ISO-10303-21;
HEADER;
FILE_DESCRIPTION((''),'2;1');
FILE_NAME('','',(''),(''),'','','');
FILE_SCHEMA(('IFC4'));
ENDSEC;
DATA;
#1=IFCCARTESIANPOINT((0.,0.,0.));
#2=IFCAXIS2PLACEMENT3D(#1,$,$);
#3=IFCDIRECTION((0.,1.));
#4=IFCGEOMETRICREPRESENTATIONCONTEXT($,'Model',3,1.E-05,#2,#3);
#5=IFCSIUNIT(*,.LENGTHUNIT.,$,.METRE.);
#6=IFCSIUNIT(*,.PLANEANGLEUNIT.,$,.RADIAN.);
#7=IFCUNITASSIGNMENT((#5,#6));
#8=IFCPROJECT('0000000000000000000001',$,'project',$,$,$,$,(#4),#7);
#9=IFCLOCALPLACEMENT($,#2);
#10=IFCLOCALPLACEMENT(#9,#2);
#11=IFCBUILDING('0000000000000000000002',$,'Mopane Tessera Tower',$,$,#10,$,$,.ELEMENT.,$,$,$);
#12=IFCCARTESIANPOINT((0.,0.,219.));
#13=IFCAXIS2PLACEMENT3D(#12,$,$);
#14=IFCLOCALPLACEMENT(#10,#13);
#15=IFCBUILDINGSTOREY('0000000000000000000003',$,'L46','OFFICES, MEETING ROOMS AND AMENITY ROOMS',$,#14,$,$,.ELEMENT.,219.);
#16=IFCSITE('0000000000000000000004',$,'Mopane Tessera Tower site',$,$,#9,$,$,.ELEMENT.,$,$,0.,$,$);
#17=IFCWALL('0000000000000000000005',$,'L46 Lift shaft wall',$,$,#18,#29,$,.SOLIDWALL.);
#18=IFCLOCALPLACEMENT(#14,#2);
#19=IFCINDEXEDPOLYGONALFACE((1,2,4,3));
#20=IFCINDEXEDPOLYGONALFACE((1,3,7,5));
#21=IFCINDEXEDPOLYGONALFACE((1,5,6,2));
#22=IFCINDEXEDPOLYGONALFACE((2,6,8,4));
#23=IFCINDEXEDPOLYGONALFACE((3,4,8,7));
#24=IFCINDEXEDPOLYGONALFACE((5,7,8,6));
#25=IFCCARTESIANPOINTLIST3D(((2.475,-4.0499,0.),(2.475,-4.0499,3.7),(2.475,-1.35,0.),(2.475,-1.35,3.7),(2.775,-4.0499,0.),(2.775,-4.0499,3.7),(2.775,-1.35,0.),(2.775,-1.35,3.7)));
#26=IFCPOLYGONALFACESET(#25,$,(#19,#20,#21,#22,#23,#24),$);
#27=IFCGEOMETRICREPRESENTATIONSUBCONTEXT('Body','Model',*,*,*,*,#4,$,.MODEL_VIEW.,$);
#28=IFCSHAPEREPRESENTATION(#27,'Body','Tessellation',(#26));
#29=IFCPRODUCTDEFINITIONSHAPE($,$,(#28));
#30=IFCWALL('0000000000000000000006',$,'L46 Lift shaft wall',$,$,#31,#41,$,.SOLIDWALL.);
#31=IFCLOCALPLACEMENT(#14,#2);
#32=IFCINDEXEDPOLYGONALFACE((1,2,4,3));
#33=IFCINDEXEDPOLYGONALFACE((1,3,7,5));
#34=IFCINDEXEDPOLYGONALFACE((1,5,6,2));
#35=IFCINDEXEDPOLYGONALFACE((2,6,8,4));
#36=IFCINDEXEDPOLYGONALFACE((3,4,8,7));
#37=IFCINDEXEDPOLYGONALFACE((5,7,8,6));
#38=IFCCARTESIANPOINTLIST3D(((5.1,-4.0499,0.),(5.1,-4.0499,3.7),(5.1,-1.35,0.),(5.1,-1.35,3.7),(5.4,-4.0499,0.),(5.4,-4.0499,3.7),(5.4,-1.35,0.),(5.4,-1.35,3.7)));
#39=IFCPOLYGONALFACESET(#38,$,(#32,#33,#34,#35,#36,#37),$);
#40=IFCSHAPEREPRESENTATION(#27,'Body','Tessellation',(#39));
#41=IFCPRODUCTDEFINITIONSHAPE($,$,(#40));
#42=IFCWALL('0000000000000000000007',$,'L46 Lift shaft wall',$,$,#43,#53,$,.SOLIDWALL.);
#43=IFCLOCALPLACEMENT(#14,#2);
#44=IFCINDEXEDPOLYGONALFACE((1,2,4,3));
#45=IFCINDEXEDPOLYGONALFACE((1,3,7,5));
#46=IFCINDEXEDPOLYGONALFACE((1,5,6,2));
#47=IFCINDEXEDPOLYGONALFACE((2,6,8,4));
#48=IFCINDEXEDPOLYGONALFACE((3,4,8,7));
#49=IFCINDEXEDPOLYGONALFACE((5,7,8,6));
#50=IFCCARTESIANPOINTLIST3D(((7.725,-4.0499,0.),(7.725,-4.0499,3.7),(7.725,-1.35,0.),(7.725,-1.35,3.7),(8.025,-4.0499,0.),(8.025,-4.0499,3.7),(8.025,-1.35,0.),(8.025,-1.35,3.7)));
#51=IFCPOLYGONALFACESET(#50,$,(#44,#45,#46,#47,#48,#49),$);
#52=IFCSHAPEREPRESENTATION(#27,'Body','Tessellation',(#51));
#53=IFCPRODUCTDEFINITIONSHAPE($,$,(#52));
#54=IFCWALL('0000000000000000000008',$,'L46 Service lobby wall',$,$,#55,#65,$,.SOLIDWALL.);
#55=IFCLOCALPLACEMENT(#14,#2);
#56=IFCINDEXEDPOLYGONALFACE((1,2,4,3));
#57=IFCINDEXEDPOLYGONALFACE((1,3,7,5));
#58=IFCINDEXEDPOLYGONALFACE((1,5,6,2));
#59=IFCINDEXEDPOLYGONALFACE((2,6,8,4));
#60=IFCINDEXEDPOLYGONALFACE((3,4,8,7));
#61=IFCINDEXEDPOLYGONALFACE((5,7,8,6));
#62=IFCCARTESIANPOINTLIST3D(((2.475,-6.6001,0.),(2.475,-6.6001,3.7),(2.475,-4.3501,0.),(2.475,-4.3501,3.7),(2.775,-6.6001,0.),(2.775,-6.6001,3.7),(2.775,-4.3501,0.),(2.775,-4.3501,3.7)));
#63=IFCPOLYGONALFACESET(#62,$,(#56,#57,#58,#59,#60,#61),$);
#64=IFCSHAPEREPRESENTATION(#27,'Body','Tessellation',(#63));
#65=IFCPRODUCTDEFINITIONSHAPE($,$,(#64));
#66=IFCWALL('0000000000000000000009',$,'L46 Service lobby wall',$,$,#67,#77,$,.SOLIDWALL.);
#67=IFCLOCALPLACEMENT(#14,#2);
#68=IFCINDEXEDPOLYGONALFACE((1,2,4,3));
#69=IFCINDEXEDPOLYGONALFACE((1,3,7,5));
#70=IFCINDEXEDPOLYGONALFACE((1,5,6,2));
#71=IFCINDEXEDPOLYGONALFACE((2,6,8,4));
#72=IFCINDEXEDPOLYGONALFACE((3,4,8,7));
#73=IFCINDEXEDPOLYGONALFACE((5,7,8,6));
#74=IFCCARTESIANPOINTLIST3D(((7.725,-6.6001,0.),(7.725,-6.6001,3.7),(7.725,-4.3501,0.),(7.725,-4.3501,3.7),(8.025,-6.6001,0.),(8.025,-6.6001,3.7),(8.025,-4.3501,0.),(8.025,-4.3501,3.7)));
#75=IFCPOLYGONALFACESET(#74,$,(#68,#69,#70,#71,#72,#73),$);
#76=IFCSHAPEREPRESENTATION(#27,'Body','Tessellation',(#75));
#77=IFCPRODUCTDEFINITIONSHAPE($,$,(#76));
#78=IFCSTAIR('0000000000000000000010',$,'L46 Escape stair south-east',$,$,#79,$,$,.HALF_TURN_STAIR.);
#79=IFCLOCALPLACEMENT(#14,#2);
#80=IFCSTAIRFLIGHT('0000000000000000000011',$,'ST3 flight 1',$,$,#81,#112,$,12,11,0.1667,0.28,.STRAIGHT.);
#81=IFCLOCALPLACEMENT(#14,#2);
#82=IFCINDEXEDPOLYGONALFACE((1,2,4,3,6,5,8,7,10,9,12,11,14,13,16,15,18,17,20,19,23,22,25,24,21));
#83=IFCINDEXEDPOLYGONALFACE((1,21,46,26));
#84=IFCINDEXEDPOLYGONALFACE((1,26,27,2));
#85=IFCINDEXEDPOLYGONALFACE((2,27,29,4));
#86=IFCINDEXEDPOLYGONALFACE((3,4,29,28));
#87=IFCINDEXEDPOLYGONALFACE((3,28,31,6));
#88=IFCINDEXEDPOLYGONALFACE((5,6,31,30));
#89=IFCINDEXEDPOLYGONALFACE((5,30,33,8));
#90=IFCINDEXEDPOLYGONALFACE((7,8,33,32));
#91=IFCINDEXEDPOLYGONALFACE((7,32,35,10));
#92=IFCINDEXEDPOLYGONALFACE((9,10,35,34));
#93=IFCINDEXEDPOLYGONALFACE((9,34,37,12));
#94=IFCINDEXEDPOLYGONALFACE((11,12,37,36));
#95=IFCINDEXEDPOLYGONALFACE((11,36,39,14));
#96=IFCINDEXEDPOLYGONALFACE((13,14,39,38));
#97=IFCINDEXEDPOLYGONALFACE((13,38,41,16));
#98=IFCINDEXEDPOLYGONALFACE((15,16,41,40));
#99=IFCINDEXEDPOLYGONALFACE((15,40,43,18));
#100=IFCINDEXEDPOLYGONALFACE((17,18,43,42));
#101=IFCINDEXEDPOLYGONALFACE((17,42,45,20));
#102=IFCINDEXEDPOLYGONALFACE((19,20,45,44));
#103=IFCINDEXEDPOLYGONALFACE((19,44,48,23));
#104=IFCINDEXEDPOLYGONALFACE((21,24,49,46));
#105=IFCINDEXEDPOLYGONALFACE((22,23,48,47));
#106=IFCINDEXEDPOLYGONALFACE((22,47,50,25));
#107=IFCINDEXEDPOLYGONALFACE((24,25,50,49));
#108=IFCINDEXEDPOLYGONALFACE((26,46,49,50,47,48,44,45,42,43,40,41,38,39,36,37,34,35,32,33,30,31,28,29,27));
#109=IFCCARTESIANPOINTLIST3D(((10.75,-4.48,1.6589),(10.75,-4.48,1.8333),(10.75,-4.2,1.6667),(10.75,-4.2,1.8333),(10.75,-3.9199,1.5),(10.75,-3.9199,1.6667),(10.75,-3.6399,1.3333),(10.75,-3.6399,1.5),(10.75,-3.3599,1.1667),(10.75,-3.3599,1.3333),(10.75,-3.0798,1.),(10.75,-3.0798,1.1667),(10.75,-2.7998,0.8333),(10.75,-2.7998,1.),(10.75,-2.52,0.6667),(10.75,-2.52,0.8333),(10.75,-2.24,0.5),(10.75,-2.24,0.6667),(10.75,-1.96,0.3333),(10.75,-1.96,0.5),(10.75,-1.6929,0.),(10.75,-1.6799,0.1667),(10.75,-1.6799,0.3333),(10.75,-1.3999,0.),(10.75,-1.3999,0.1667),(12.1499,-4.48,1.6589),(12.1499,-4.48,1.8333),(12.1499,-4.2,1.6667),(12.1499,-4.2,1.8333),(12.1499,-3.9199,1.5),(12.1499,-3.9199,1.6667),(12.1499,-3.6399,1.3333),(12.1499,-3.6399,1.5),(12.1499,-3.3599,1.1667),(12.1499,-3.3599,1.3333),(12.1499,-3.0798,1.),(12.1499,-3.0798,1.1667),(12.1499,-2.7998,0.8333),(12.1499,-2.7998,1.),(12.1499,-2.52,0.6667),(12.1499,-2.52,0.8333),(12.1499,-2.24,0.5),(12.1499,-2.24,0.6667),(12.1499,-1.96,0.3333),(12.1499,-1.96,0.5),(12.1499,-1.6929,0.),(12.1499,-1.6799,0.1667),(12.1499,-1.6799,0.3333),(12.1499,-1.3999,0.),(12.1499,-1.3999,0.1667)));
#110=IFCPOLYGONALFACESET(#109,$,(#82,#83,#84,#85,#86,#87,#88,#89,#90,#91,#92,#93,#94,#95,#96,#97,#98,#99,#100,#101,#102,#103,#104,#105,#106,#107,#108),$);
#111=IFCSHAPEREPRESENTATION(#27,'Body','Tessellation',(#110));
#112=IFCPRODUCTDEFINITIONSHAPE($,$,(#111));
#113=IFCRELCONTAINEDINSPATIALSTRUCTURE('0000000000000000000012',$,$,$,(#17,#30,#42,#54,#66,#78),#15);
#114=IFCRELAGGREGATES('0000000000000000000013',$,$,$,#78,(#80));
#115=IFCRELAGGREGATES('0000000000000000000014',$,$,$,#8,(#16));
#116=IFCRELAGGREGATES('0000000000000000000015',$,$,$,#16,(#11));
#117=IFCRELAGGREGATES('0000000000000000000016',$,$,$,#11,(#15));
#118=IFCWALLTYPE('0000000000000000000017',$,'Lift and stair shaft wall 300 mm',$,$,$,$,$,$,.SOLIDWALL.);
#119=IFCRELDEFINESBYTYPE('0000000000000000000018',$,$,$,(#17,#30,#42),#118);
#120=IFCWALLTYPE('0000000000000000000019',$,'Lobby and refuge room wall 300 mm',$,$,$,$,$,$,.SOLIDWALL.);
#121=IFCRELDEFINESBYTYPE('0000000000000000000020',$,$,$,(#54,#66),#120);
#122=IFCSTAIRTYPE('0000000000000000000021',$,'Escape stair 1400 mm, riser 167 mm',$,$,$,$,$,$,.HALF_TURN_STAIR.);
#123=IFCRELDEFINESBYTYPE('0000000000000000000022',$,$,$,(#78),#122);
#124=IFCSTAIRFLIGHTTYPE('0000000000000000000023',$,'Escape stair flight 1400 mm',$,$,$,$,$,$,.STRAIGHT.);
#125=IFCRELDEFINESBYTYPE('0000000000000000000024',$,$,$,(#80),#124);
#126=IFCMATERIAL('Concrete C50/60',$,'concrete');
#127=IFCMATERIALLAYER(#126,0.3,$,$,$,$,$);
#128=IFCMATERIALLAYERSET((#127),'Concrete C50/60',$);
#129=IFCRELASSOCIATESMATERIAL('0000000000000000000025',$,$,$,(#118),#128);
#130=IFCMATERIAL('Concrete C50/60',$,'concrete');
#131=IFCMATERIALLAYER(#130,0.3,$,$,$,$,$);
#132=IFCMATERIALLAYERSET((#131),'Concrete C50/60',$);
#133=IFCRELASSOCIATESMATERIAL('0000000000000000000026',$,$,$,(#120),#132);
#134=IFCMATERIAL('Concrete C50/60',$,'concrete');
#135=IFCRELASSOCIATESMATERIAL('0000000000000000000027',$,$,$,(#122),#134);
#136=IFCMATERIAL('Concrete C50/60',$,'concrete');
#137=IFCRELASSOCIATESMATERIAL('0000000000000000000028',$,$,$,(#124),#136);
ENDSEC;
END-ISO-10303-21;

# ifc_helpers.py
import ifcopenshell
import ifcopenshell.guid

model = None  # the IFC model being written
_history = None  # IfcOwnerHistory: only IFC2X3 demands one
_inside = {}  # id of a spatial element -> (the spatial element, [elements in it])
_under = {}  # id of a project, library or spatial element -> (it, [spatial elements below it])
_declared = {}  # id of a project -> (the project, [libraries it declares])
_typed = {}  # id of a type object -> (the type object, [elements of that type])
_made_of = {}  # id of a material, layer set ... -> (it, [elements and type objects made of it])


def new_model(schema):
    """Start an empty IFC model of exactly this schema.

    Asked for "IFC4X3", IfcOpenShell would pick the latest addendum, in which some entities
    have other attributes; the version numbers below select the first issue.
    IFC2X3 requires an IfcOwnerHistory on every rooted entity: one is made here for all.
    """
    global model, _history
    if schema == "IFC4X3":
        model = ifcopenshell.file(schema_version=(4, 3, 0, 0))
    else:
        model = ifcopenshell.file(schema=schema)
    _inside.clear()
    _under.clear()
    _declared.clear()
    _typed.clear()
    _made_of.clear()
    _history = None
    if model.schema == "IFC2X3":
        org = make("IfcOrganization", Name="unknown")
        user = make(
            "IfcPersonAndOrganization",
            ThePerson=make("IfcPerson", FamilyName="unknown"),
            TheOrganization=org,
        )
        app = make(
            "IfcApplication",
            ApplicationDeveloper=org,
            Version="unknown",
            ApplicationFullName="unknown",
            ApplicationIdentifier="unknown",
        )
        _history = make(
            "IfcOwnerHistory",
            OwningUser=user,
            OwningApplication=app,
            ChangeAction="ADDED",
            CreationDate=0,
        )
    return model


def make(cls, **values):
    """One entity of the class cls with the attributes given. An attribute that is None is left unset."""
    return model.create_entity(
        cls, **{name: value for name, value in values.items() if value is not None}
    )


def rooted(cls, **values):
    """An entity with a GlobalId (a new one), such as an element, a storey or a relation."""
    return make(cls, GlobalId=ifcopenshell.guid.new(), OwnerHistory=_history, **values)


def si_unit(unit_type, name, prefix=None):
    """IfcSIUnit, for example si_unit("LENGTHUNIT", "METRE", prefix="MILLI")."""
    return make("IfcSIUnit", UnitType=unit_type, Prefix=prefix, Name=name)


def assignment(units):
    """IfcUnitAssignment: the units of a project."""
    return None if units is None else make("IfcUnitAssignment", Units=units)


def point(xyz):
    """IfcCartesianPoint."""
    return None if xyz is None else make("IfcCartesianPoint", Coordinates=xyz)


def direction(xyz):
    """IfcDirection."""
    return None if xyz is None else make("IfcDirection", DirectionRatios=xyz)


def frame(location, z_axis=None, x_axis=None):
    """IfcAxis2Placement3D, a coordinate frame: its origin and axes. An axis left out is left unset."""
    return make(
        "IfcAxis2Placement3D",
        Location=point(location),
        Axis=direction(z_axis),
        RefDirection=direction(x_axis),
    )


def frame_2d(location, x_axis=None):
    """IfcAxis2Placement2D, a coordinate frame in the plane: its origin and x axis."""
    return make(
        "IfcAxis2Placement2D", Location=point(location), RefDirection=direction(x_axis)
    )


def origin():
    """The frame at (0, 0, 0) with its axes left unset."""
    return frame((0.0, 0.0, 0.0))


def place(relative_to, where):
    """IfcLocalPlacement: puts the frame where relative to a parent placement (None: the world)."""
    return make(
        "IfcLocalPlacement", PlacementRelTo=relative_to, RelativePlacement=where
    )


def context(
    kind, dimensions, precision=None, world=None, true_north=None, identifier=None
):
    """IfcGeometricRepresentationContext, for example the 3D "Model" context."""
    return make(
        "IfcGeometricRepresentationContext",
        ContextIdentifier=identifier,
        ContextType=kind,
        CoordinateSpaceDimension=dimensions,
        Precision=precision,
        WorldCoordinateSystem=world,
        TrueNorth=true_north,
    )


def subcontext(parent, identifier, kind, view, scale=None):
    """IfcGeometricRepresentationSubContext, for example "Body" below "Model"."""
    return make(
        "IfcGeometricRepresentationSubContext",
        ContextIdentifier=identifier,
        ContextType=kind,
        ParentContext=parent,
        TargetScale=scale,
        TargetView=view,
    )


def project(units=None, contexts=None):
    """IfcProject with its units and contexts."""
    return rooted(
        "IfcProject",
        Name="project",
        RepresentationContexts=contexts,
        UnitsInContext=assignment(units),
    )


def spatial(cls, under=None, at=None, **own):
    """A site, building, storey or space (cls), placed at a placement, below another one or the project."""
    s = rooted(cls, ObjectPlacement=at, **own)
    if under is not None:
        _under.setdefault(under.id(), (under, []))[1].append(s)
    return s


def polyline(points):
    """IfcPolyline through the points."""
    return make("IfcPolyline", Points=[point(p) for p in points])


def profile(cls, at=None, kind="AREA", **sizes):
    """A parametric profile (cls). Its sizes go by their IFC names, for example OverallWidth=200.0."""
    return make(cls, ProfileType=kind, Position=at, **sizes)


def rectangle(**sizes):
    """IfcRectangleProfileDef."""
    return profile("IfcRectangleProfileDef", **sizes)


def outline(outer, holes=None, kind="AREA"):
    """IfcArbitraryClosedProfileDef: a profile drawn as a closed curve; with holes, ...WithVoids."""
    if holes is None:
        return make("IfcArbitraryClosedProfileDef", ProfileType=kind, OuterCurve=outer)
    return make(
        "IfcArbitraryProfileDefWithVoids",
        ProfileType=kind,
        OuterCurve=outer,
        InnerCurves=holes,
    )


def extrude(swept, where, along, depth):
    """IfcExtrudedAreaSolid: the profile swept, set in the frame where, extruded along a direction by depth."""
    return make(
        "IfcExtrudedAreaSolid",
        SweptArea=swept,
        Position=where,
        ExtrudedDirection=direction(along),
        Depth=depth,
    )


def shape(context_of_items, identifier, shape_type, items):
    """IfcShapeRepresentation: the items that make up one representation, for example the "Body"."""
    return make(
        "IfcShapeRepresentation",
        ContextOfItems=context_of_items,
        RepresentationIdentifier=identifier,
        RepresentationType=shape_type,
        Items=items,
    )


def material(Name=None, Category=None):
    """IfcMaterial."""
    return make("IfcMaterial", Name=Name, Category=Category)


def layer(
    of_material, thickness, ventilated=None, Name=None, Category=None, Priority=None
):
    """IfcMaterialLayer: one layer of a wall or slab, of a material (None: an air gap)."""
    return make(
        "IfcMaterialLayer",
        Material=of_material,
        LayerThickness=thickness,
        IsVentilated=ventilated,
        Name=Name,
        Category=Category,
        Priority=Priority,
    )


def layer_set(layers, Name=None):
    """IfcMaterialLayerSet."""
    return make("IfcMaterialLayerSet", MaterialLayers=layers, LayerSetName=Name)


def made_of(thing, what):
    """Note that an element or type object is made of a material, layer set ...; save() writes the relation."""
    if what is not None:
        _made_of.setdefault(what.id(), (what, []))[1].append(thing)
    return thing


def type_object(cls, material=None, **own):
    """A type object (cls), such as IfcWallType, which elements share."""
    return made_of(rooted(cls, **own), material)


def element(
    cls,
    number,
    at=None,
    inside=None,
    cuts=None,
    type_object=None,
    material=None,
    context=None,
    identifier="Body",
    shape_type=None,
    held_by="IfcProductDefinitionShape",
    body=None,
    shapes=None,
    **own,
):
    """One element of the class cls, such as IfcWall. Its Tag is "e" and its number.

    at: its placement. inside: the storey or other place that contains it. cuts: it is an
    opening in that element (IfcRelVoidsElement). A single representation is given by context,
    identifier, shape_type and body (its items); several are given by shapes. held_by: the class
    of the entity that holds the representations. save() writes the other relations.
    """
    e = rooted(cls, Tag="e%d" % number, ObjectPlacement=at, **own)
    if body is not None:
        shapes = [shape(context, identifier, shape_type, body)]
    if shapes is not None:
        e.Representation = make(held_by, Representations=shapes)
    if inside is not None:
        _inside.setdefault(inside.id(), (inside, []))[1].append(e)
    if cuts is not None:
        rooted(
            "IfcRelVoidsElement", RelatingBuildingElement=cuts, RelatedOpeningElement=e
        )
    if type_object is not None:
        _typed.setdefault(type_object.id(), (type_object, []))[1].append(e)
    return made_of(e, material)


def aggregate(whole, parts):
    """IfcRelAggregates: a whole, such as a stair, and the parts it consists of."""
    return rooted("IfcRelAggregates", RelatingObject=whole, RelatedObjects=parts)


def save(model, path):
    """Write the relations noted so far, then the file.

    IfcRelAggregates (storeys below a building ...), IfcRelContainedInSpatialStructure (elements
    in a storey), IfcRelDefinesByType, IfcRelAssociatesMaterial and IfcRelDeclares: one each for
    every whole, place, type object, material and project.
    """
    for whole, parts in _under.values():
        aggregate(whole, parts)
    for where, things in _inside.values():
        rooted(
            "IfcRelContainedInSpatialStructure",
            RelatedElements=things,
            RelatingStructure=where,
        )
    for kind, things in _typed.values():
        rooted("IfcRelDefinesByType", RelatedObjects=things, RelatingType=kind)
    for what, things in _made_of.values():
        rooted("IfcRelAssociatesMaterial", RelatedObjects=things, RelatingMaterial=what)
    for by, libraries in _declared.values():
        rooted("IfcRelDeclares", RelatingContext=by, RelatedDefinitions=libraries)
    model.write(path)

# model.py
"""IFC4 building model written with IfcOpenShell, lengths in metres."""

from ifc_helpers import new_model, si_unit, direction, frame, frame_2d, origin, place, context, subcontext, project, spatial, polyline, rectangle, outline, extrude, material, layer, layer_set, type_object, element, aggregate, save


model = new_model("IFC4")

# Units and contexts
model_context = context("Model", 3, precision=1e-05, world=origin(), true_north=direction((0.0, 1.0)))
body_context = subcontext(model_context, "Body", "Model", "MODEL_VIEW")
ifc_project = project(units=[si_unit("LENGTHUNIT", "METRE"), si_unit("PLANEANGLEUNIT", "RADIAN")], contexts=[model_context])

# Site, building, storey
site_placement = place(None, origin())
site = spatial("IfcSite", under=ifc_project, at=site_placement, Name="Mopane Tessera Tower site", CompositionType="ELEMENT", RefElevation=0.0)
building_placement = place(site_placement, origin())
building = spatial("IfcBuilding", under=site, at=building_placement, Name="Mopane Tessera Tower", CompositionType="ELEMENT")
storey_placement = place(building_placement, frame((0.0, 0.0, 219.0)))
storey = spatial("IfcBuildingStorey", under=building, at=storey_placement, Name="L46", Description="OFFICES, MEETING ROOMS AND AMENITY ROOMS", CompositionType="ELEMENT", Elevation=219.0)

# Shared definitions
ifc_material_1 = material(Name="Concrete C50/60", Category="concrete")
ifc_layer_1 = layer(ifc_material_1, 0.3)
ifc_layer_set_1 = layer_set([ifc_layer_1], Name="Concrete C50/60")
wall_type_1 = type_object("IfcWallType", Name="Lift and stair shaft wall 300 mm", PredefinedType="SOLIDWALL", material=ifc_layer_set_1)

# Walls
for number, where, z_axis, x_axis, name in (
    (1, (2.625, -4.05, 0.0), (0.0, 0.0, 1.0), (0.0, 1.0, 0.0), "L46 Lift shaft wall"),
    (2, (5.25, -4.05, 0.0), (0.0, 0.0, 1.0), (0.0, 1.0, 0.0), "L46 Lift shaft wall"),
    (3, (7.875, -4.05, 0.0), (0.0, 0.0, 1.0), (0.0, 1.0, 0.0), "L46 Lift shaft wall"),
):
    element("IfcWall", number, at=place(storey_placement, frame(where, z_axis=z_axis, x_axis=x_axis)), inside=storey, type_object=wall_type_1, Name=name, PredefinedType="SOLIDWALL", context=body_context, shape_type="SweptSolid", body=[
        extrude(rectangle(XDim=2.7, YDim=0.3, at=frame_2d((1.3501, 0.0))), origin(), (0.0, 0.0, 1.0), 3.7),
    ])
ifc_material_2 = material(Name="Concrete C50/60", Category="concrete")
ifc_layer_2 = layer(ifc_material_2, 0.3)
ifc_layer_set_2 = layer_set([ifc_layer_2], Name="Concrete C50/60")
wall_type_2 = type_object("IfcWallType", Name="Lobby and refuge room wall 300 mm", PredefinedType="SOLIDWALL", material=ifc_layer_set_2)
for number, where, z_axis, x_axis, name in (
    (4, (2.625, -6.6001, 0.0), (0.0, 0.0, 1.0), (0.0, 1.0, 0.0), "L46 Service lobby wall"),
    (5, (7.875, -6.6001, 0.0), (0.0, 0.0, 1.0), (0.0, 1.0, 0.0), "L46 Service lobby wall"),
):
    element("IfcWall", number, at=place(storey_placement, frame(where, z_axis=z_axis, x_axis=x_axis)), inside=storey, type_object=wall_type_2, Name=name, PredefinedType="SOLIDWALL", context=body_context, shape_type="SweptSolid", body=[
        extrude(rectangle(XDim=2.25, YDim=0.3, at=frame_2d((1.125, 0.0))), origin(), (0.0, 0.0, 1.0), 3.7),
    ])

# Stair, stair flight
ifc_material_3 = material(Name="Concrete C50/60", Category="concrete")
stair_type = type_object("IfcStairType", Name="Escape stair 1400 mm, riser 167 mm", PredefinedType="HALF_TURN_STAIR", material=ifc_material_3)
stair_placement = place(storey_placement, origin())
stair = element("IfcStair", 6, at=stair_placement, inside=storey, type_object=stair_type, Name="L46 Escape stair south-east", PredefinedType="HALF_TURN_STAIR")
ifc_material_4 = material(Name="Concrete C50/60", Category="concrete")
stair_flight_type = type_object("IfcStairFlightType", Name="Escape stair flight 1400 mm", PredefinedType="STRAIGHT", material=ifc_material_4)
stair_flight_placement = place(storey_placement, frame((11.45, -1.3999, 0.0), z_axis=(0.0, 0.0, 1.0), x_axis=(0.0, -1.0, 0.0)))
stair_flight = element("IfcStairFlight", 7, at=stair_flight_placement, type_object=stair_flight_type, Name="ST3 flight 1", NumberOfRisers=12, NumberOfTreads=11, PredefinedType="STRAIGHT", RiserHeight=0.1667, TreadLength=0.28, context=body_context, shape_type="SweptSolid", body=[
    extrude(outline(polyline([(0.0, 0.0), (0.0, 0.1667), (0.28, 0.1667), (0.28, 0.3333), (0.5601, 0.3333), (0.5601, 0.5), (0.8401, 0.5), (0.8401, 0.6667), (1.1201, 0.6667), (1.1201, 0.8333), (1.3999, 0.8333), (1.3999, 1.0), (1.6799, 1.0), (1.6799, 1.1667), (1.96, 1.1667), (1.96, 1.3333), (2.24, 1.3333), (2.24, 1.5), (2.52, 1.5), (2.52, 1.6667), (2.8, 1.6667), (2.8, 1.8333), (3.0801, 1.8333), (3.0801, 2.0), (3.0801, 1.6589), (0.293, 0.0), (0.0, 0.0)])), frame((0.0, 0.7, 0.0), z_axis=(0.0, -1.0, 0.0), x_axis=(1.0, 0.0, 0.0)), (0.0, 0.0, 1.0), 1.3999),
])
aggregate(stair, [stair_flight])

save(model, "model.ifc")
